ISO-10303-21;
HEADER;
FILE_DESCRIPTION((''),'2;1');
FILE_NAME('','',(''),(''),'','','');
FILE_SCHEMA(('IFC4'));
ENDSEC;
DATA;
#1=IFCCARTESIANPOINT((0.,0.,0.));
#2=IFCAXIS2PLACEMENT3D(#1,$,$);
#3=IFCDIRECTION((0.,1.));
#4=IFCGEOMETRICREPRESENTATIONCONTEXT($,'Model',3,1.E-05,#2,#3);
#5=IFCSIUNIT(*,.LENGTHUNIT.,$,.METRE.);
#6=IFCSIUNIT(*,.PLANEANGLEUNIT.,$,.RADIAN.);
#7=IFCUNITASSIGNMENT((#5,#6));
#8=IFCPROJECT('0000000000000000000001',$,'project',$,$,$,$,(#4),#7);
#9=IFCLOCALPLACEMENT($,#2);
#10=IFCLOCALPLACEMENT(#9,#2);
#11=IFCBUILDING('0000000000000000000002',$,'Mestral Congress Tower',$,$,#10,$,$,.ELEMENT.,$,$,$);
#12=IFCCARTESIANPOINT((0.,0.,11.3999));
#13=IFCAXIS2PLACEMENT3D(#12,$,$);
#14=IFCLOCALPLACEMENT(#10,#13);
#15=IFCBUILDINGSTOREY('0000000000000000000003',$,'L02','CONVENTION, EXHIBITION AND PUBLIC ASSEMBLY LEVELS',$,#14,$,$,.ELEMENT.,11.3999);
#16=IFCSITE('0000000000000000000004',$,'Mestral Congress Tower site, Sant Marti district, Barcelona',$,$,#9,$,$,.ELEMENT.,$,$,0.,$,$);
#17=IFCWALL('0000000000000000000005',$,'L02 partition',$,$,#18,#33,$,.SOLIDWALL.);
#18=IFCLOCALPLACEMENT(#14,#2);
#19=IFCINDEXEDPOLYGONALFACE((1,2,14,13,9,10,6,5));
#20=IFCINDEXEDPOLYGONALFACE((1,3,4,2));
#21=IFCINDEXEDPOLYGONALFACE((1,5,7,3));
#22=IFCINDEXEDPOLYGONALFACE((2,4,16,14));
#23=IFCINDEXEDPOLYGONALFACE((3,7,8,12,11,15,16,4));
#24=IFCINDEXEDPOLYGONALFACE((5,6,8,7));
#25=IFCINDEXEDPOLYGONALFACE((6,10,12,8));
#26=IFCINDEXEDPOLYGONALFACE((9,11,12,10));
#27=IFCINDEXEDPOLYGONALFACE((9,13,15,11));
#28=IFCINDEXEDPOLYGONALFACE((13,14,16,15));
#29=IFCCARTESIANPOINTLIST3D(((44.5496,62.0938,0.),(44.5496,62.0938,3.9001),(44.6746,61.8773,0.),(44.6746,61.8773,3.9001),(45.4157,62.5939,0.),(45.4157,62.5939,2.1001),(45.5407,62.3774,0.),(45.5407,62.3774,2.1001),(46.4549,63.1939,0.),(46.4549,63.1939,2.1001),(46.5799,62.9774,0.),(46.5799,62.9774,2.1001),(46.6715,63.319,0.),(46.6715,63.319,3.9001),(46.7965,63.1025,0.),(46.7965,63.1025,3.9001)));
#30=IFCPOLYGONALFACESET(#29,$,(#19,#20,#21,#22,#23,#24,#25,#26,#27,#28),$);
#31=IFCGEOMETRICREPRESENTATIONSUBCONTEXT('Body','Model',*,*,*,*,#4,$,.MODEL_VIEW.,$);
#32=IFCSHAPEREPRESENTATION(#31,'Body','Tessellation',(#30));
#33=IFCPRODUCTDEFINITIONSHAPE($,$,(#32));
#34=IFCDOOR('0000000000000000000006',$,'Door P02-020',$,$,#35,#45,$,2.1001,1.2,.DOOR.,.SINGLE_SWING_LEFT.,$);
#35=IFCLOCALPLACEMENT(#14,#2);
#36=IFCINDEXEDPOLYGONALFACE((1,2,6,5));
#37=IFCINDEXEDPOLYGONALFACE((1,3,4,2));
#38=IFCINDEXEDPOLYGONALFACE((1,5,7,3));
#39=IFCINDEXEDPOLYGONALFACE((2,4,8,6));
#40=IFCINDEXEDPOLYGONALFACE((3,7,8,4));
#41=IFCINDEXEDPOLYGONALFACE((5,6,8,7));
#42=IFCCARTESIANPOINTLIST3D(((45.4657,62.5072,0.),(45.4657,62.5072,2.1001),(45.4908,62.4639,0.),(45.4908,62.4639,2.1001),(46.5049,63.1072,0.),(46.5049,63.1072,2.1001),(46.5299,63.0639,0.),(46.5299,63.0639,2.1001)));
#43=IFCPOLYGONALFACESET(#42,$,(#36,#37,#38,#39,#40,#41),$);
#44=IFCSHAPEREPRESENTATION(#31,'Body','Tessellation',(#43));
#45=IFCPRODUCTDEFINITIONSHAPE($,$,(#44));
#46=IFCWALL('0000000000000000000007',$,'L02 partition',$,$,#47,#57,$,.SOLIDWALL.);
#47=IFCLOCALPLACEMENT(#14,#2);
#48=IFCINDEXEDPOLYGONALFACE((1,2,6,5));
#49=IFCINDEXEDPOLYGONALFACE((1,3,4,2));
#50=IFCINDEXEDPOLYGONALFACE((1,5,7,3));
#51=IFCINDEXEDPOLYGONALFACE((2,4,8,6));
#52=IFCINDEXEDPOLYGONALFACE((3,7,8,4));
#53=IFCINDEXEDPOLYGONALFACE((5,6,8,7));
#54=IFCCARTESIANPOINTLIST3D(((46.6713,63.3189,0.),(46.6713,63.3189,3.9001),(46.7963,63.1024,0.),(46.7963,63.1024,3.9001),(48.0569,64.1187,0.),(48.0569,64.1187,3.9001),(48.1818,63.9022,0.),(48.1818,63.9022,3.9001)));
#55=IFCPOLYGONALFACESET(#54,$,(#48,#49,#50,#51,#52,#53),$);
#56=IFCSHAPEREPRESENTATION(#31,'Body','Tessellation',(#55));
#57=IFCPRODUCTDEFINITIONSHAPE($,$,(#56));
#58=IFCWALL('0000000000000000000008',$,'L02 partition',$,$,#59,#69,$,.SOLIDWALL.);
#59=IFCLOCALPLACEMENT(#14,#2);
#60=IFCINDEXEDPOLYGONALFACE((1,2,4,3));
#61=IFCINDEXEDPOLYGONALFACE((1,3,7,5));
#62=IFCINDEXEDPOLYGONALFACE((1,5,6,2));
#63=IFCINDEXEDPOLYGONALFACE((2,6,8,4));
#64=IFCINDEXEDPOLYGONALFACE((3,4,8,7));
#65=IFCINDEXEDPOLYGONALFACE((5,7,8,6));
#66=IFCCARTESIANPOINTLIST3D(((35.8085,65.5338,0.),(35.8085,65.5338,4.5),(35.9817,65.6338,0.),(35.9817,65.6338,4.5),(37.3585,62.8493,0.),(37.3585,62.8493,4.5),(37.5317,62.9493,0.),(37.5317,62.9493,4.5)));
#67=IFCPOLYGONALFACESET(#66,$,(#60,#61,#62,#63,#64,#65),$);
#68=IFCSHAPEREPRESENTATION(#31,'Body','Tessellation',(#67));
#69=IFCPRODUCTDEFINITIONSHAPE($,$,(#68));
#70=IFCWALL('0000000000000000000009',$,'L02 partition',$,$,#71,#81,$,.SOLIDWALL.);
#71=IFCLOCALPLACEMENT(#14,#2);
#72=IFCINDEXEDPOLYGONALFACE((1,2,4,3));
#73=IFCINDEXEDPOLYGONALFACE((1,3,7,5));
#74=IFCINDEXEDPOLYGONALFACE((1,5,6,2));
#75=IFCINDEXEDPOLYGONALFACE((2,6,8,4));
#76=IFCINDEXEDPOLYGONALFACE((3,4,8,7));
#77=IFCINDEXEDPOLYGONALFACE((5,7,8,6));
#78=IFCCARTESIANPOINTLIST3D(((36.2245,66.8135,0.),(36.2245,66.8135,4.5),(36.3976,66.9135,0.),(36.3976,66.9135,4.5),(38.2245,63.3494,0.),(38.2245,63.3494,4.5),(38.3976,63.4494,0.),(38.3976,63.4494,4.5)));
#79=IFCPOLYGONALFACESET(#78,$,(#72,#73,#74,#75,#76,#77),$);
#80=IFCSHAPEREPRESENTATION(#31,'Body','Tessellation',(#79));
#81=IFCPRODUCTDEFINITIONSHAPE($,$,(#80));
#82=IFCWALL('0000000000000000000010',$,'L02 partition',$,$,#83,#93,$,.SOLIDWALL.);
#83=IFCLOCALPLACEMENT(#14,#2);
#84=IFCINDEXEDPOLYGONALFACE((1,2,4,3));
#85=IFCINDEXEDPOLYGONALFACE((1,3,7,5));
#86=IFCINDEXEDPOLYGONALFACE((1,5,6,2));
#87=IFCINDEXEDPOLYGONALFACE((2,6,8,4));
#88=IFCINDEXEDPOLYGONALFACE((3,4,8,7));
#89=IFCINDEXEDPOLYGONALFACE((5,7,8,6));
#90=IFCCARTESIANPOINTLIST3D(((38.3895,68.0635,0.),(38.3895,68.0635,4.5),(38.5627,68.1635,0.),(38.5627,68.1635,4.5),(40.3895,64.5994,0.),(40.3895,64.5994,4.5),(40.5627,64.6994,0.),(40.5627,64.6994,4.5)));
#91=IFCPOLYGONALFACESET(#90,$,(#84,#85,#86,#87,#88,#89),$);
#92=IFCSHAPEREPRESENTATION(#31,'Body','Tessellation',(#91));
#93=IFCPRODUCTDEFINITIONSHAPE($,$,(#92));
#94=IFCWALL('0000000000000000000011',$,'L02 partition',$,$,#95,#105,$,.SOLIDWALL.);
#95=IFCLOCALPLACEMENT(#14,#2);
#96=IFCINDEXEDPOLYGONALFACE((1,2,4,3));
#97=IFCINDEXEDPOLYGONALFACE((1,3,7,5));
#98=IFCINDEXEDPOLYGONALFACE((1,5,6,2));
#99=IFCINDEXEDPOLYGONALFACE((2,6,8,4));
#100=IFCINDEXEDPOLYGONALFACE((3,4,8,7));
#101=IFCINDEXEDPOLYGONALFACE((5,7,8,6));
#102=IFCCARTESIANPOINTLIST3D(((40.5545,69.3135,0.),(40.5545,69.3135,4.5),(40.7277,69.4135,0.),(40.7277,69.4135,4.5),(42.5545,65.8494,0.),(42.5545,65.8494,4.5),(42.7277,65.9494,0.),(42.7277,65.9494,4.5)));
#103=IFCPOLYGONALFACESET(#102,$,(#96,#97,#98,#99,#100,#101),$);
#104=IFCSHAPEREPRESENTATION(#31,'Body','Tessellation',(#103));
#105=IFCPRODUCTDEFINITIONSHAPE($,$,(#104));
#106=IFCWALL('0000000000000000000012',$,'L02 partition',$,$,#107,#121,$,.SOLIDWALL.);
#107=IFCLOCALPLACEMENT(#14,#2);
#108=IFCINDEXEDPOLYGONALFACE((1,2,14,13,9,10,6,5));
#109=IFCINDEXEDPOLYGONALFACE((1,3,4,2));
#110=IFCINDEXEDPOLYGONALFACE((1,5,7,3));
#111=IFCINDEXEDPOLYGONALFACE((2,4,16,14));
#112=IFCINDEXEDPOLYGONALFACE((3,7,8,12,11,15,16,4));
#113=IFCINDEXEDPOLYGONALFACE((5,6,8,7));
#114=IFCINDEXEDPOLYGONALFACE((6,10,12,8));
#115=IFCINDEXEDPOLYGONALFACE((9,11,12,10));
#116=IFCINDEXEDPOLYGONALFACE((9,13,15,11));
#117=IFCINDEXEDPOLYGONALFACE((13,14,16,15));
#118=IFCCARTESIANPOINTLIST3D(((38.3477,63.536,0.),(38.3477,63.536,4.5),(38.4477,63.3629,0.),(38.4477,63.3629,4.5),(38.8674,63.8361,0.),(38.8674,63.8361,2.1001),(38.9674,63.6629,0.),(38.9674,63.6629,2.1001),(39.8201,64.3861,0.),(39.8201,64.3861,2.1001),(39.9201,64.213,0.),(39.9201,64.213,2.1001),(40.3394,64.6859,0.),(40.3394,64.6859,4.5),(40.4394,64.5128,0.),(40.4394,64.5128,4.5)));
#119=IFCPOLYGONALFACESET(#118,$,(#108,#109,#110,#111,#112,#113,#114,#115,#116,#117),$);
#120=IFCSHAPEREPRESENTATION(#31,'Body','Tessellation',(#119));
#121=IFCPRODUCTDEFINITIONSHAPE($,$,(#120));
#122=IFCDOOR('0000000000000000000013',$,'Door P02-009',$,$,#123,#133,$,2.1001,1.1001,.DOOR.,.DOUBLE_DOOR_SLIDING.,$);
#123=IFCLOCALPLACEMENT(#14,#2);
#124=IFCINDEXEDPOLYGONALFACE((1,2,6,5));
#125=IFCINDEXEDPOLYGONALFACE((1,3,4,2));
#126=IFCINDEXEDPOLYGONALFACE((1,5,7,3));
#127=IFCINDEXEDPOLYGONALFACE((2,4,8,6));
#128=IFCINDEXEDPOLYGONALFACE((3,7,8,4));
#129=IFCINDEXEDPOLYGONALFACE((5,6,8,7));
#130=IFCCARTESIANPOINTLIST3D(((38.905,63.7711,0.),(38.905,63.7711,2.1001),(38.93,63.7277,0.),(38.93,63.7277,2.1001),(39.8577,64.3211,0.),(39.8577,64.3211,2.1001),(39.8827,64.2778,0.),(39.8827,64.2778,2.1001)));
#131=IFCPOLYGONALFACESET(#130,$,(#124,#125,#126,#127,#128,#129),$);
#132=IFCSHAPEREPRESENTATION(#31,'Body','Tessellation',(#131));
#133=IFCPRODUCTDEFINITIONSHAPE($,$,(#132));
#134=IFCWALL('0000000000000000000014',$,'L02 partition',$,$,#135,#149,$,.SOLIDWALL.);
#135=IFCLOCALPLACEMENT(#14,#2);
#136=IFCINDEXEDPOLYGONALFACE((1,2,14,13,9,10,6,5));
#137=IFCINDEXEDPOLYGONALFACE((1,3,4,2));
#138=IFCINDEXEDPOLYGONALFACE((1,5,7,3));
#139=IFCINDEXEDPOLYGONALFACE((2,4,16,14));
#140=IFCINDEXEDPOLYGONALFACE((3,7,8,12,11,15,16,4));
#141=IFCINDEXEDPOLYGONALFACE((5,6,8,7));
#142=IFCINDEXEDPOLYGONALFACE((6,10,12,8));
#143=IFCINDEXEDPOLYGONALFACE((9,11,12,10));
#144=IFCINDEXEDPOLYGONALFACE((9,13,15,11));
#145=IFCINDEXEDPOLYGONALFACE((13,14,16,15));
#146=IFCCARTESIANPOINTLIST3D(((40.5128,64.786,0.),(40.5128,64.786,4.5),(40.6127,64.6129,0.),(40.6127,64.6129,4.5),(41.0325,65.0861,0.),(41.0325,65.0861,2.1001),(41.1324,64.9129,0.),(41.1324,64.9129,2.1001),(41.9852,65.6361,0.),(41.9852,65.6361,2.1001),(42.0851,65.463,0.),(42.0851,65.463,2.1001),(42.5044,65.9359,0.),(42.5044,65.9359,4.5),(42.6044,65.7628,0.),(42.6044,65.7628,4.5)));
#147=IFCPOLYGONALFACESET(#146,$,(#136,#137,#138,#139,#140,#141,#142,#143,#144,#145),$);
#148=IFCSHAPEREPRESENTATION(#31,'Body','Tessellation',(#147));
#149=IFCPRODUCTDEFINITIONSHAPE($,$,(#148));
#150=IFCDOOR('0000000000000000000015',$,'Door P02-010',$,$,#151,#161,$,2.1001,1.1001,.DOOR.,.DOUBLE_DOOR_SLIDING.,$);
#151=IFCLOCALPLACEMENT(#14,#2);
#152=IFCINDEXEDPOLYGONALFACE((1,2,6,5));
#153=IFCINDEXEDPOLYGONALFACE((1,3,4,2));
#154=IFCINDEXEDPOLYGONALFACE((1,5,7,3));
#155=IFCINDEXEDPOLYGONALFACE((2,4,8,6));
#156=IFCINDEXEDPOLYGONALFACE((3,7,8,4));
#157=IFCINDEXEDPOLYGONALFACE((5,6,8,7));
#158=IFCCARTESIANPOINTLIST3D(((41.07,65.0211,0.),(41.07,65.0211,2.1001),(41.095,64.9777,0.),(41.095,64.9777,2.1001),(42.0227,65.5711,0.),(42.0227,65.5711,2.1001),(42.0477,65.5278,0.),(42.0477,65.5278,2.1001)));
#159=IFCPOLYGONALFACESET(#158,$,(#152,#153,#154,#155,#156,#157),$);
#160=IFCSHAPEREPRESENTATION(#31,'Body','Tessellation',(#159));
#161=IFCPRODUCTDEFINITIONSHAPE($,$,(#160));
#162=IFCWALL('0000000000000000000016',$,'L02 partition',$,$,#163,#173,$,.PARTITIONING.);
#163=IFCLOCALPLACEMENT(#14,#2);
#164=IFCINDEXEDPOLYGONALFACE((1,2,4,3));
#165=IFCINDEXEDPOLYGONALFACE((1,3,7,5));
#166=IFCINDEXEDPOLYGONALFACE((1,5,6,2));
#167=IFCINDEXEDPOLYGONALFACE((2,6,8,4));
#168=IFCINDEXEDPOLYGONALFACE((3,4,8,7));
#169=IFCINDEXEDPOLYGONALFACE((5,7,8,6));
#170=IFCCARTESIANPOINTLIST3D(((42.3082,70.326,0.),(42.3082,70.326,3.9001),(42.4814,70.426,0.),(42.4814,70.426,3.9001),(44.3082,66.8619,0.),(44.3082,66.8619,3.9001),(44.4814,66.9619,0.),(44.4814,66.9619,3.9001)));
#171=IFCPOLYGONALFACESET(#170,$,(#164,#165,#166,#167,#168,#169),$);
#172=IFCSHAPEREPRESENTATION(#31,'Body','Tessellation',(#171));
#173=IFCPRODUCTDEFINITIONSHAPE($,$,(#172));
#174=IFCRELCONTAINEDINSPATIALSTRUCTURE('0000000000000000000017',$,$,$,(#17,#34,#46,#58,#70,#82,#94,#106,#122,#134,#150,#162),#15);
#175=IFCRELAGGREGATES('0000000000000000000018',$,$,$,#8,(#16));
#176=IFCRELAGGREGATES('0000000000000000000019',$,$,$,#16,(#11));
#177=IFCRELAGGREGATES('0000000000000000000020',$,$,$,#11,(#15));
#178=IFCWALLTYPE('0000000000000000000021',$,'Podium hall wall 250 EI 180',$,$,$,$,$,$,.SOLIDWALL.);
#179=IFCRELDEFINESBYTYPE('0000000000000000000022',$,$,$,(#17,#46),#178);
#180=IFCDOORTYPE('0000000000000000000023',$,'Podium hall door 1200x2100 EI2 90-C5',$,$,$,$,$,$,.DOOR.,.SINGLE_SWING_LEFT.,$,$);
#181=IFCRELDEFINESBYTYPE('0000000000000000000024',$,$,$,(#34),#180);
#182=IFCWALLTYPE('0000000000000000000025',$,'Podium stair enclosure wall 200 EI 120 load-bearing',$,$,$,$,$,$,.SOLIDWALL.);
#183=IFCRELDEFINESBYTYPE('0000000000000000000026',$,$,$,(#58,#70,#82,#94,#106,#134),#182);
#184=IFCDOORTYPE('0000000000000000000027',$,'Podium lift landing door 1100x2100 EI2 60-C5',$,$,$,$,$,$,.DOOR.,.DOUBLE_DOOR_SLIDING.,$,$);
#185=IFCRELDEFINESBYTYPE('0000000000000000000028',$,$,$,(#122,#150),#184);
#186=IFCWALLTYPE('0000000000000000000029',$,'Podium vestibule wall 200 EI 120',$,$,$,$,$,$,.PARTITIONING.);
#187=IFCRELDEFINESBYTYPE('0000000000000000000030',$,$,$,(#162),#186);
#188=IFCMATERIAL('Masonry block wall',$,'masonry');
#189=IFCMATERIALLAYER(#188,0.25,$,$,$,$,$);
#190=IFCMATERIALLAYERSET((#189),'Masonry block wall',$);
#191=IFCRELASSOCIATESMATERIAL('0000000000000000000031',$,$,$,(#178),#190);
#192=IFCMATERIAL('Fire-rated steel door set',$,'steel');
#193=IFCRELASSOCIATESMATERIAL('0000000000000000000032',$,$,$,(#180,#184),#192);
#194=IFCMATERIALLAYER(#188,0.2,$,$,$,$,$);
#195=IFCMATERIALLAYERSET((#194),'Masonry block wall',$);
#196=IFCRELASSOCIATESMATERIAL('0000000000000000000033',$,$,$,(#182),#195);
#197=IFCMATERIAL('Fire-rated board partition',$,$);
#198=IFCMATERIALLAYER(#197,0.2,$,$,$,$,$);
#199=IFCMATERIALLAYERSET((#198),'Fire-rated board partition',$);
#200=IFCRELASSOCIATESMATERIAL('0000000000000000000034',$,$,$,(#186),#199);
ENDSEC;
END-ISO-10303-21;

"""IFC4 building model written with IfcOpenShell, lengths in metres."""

from ifc_helpers import new_model, si_unit, direction, frame, frame_2d, origin, place, context, subcontext, project, spatial, rectangle, extrude, material, layer, layer_set, type_object, element, fill, save


model = new_model("IFC4")

# Units and contexts
model_context = context("Model", 3, precision=1e-05, world=origin(), true_north=direction((0.0, 1.0)))
body_context = subcontext(model_context, "Body", "Model", "MODEL_VIEW")
ifc_project = project(units=[si_unit("LENGTHUNIT", "METRE"), si_unit("PLANEANGLEUNIT", "RADIAN")], contexts=[model_context])

# Site, building, storey
site_placement = place(None, origin())
site = spatial("IfcSite", under=ifc_project, at=site_placement, Name="Mestral Congress Tower site, Sant Marti district, Barcelona", CompositionType="ELEMENT", RefElevation=0.0)
building_placement = place(site_placement, origin())
building = spatial("IfcBuilding", under=site, at=building_placement, Name="Mestral Congress Tower", CompositionType="ELEMENT")
storey_placement = place(building_placement, frame((0.0, 0.0, 11.3999)))
storey = spatial("IfcBuildingStorey", under=building, at=storey_placement, Name="L02", Description="CONVENTION, EXHIBITION AND PUBLIC ASSEMBLY LEVELS", CompositionType="ELEMENT", Elevation=11.3999)

# Wall, opening, door
ifc_material_1 = material(Name="Masonry block wall", Category="masonry")
ifc_layer_1 = layer(ifc_material_1, 0.25)
ifc_layer_set_1 = layer_set([ifc_layer_1], Name="Masonry block wall")
wall_type_1 = type_object("IfcWallType", Name="Podium hall wall 250 EI 180", PredefinedType="SOLIDWALL", material=ifc_layer_set_1)
wall_1_placement = place(storey_placement, frame((44.6121, 61.9856, 0.0), z_axis=(0.0, 0.0, 1.0), x_axis=(0.866015, 0.500019, 0.0)))
wall_1 = element("IfcWall", 1, at=wall_1_placement, inside=storey, type_object=wall_type_1, Name="L02 partition", PredefinedType="SOLIDWALL", context=body_context, shape_type="SweptSolid", body=[
    extrude(rectangle(XDim=2.4502, YDim=0.25, at=frame_2d((1.2251, 0.0))), origin(), (0.0, 0.0, 1.0), 3.9001),
])
opening_1_placement = place(wall_1_placement, frame((1.0, 0.0, 0.0)))
opening_1 = element("IfcOpeningElement", 2, at=opening_1_placement, cuts=wall_1, PredefinedType="OPENING", context=body_context, shape_type="SweptSolid", body=[
    extrude(rectangle(XDim=1.2, YDim=2.1001, at=frame_2d((0.6001, 1.05))), frame((0.0, 0.135, 0.0), z_axis=(0.0, -1.0, 0.0), x_axis=(1.0, 0.0, 0.0)), (0.0, 0.0, 1.0), 0.27),
])
ifc_material_2 = material(Name="Fire-rated steel door set", Category="steel")
door_type_1 = type_object("IfcDoorType", Name="Podium hall door 1200x2100 EI2 90-C5", OperationType="SINGLE_SWING_LEFT", PredefinedType="DOOR", material=ifc_material_2)
door_1_placement = place(opening_1_placement, origin())
door_1 = element("IfcDoor", 3, at=door_1_placement, inside=storey, type_object=door_type_1, Name="Door P02-020", OperationType="SINGLE_SWING_LEFT", OverallHeight=2.1001, OverallWidth=1.2, PredefinedType="DOOR", context=body_context, shape_type="SweptSolid", body=[
    extrude(rectangle(XDim=1.2, YDim=2.1001, at=frame_2d((0.6001, 1.05))), frame((0.0, 0.0249, 0.0), z_axis=(0.0, -1.0, 0.0), x_axis=(1.0, 0.0, 0.0)), (0.0, 0.0, 1.0), 0.05),
])
fill(opening_1, door_1)

# Walls
wall_2_placement = place(storey_placement, frame((46.7339, 63.2107, 0.0), z_axis=(0.0, 0.0, 1.0), x_axis=(0.866056, 0.499947, 0.0)))
element("IfcWall", 4, at=wall_2_placement, inside=storey, type_object=wall_type_1, Name="L02 partition", PredefinedType="SOLIDWALL", context=body_context, shape_type="SweptSolid", body=[
    extrude(rectangle(XDim=1.5999, YDim=0.25, at=frame_2d((0.7998, 0.0))), origin(), (0.0, 0.0, 1.0), 3.9001),
])
ifc_layer_2 = layer(ifc_material_1, 0.2)
ifc_layer_set_2 = layer_set([ifc_layer_2], Name="Masonry block wall")
wall_type_2 = type_object("IfcWallType", Name="Podium stair enclosure wall 200 EI 120 load-bearing", PredefinedType="SOLIDWALL", material=ifc_layer_set_2)
wall_3_placement = place(storey_placement, frame((37.4451, 62.8994, 0.0), z_axis=(0.0, 0.0, 1.0), x_axis=(-0.500027, 0.86601, 0.0)))
element("IfcWall", 5, at=wall_3_placement, inside=storey, type_object=wall_type_2, Name="L02 partition", PredefinedType="SOLIDWALL", context=body_context, shape_type="SweptSolid", body=[
    extrude(rectangle(XDim=3.0999, YDim=0.2, at=frame_2d((1.5498, 0.0))), origin(), (0.0, 0.0, 1.0), 4.5),
])
for number, where, z_axis, x_axis, name in (
    (6, (38.311, 63.3994, 0.0), (0.0, 0.0, 1.0), (-0.499999, 0.866026, 0.0), "L02 partition"),
    (7, (40.4761, 64.6494, 0.0), (0.0, 0.0, 1.0), (-0.499999, 0.866026, 0.0), "L02 partition"),
    (8, (42.6411, 65.8994, 0.0), (0.0, 0.0, 1.0), (-0.499999, 0.866026, 0.0), "L02 partition"),
):
    element("IfcWall", number, at=place(storey_placement, frame(where, z_axis=z_axis, x_axis=x_axis)), inside=storey, type_object=wall_type_2, Name=name, PredefinedType="SOLIDWALL", context=body_context, shape_type="SweptSolid", body=[
        extrude(rectangle(XDim=4.0, YDim=0.2, at=frame_2d((2.0, 0.0))), origin(), (0.0, 0.0, 1.0), 4.5),
    ])

# Walls, openings, doors
wall_4_placement = place(storey_placement, frame((38.3977, 63.4495, 0.0), z_axis=(0.0, 0.0, 1.0), x_axis=(0.866026, 0.499998, 0.0)))
wall_4 = element("IfcWall", 9, at=wall_4_placement, inside=storey, type_object=wall_type_2, Name="L02 partition", PredefinedType="SOLIDWALL", context=body_context, shape_type="SweptSolid", body=[
    extrude(rectangle(XDim=2.2998, YDim=0.2, at=frame_2d((1.1499, 0.0))), origin(), (0.0, 0.0, 1.0), 4.5),
])
opening_2_placement = place(wall_4_placement, frame((0.6001, 0.0, 0.0)))
opening_2 = element("IfcOpeningElement", 10, at=opening_2_placement, cuts=wall_4, PredefinedType="OPENING", context=body_context, shape_type="SweptSolid", body=[
    extrude(rectangle(XDim=1.1001, YDim=2.1001, at=frame_2d((0.55, 1.05))), frame((0.0, 0.1099, 0.0), z_axis=(0.0, -1.0, 0.0), x_axis=(1.0, 0.0, 0.0)), (0.0, 0.0, 1.0), 0.22),
])
door_type_2 = type_object("IfcDoorType", Name="Podium lift landing door 1100x2100 EI2 60-C5", OperationType="DOUBLE_DOOR_SLIDING", PredefinedType="DOOR", material=ifc_material_2)
door_2_placement = place(opening_2_placement, origin())
door_2 = element("IfcDoor", 11, at=door_2_placement, inside=storey, type_object=door_type_2, Name="Door P02-009", OperationType="DOUBLE_DOOR_SLIDING", OverallHeight=2.1001, OverallWidth=1.1001, PredefinedType="DOOR", context=body_context, shape_type="SweptSolid", body=[
    extrude(rectangle(XDim=1.1001, YDim=2.1001, at=frame_2d((0.55, 1.05))), frame((0.0, 0.0249, 0.0), z_axis=(0.0, -1.0, 0.0), x_axis=(1.0, 0.0, 0.0)), (0.0, 0.0, 1.0), 0.05),
])
fill(opening_2, door_2)
wall_5_placement = place(storey_placement, frame((40.5627, 64.6995, 0.0), z_axis=(0.0, 0.0, 1.0), x_axis=(0.866026, 0.499998, 0.0)))
wall_5 = element("IfcWall", 12, at=wall_5_placement, inside=storey, type_object=wall_type_2, Name="L02 partition", PredefinedType="SOLIDWALL", context=body_context, shape_type="SweptSolid", body=[
    extrude(rectangle(XDim=2.2998, YDim=0.2, at=frame_2d((1.1499, 0.0))), origin(), (0.0, 0.0, 1.0), 4.5),
])
opening_3_placement = place(wall_5_placement, frame((0.6001, 0.0, 0.0)))
opening_3 = element("IfcOpeningElement", 13, at=opening_3_placement, cuts=wall_5, PredefinedType="OPENING", context=body_context, shape_type="SweptSolid", body=[
    extrude(rectangle(XDim=1.1001, YDim=2.1001, at=frame_2d((0.55, 1.05))), frame((0.0, 0.1099, 0.0), z_axis=(0.0, -1.0, 0.0), x_axis=(1.0, 0.0, 0.0)), (0.0, 0.0, 1.0), 0.22),
])
door_3_placement = place(opening_3_placement, origin())
door_3 = element("IfcDoor", 14, at=door_3_placement, inside=storey, type_object=door_type_2, Name="Door P02-010", OperationType="DOUBLE_DOOR_SLIDING", OverallHeight=2.1001, OverallWidth=1.1001, PredefinedType="DOOR", context=body_context, shape_type="SweptSolid", body=[
    extrude(rectangle(XDim=1.1001, YDim=2.1001, at=frame_2d((0.55, 1.05))), frame((0.0, 0.0249, 0.0), z_axis=(0.0, -1.0, 0.0), x_axis=(1.0, 0.0, 0.0)), (0.0, 0.0, 1.0), 0.05),
])
fill(opening_3, door_3)

# Wall
ifc_material_3 = material(Name="Fire-rated board partition")
ifc_layer_3 = layer(ifc_material_3, 0.2)
ifc_layer_set_3 = layer_set([ifc_layer_3], Name="Fire-rated board partition")
wall_type_3 = type_object("IfcWallType", Name="Podium vestibule wall 200 EI 120", PredefinedType="PARTITIONING", material=ifc_layer_set_3)
wall_6_placement = place(storey_placement, frame((44.3948, 66.9119, 0.0), z_axis=(0.0, 0.0, 1.0), x_axis=(-0.499999, 0.866026, 0.0)))
element("IfcWall", 15, at=wall_6_placement, inside=storey, type_object=wall_type_3, Name="L02 partition", PredefinedType="PARTITIONING", context=body_context, shape_type="SweptSolid", body=[
    extrude(rectangle(XDim=4.0, YDim=0.2, at=frame_2d((2.0, 0.0))), origin(), (0.0, 0.0, 1.0), 3.9001),
])

save(model, "model.ifc")
